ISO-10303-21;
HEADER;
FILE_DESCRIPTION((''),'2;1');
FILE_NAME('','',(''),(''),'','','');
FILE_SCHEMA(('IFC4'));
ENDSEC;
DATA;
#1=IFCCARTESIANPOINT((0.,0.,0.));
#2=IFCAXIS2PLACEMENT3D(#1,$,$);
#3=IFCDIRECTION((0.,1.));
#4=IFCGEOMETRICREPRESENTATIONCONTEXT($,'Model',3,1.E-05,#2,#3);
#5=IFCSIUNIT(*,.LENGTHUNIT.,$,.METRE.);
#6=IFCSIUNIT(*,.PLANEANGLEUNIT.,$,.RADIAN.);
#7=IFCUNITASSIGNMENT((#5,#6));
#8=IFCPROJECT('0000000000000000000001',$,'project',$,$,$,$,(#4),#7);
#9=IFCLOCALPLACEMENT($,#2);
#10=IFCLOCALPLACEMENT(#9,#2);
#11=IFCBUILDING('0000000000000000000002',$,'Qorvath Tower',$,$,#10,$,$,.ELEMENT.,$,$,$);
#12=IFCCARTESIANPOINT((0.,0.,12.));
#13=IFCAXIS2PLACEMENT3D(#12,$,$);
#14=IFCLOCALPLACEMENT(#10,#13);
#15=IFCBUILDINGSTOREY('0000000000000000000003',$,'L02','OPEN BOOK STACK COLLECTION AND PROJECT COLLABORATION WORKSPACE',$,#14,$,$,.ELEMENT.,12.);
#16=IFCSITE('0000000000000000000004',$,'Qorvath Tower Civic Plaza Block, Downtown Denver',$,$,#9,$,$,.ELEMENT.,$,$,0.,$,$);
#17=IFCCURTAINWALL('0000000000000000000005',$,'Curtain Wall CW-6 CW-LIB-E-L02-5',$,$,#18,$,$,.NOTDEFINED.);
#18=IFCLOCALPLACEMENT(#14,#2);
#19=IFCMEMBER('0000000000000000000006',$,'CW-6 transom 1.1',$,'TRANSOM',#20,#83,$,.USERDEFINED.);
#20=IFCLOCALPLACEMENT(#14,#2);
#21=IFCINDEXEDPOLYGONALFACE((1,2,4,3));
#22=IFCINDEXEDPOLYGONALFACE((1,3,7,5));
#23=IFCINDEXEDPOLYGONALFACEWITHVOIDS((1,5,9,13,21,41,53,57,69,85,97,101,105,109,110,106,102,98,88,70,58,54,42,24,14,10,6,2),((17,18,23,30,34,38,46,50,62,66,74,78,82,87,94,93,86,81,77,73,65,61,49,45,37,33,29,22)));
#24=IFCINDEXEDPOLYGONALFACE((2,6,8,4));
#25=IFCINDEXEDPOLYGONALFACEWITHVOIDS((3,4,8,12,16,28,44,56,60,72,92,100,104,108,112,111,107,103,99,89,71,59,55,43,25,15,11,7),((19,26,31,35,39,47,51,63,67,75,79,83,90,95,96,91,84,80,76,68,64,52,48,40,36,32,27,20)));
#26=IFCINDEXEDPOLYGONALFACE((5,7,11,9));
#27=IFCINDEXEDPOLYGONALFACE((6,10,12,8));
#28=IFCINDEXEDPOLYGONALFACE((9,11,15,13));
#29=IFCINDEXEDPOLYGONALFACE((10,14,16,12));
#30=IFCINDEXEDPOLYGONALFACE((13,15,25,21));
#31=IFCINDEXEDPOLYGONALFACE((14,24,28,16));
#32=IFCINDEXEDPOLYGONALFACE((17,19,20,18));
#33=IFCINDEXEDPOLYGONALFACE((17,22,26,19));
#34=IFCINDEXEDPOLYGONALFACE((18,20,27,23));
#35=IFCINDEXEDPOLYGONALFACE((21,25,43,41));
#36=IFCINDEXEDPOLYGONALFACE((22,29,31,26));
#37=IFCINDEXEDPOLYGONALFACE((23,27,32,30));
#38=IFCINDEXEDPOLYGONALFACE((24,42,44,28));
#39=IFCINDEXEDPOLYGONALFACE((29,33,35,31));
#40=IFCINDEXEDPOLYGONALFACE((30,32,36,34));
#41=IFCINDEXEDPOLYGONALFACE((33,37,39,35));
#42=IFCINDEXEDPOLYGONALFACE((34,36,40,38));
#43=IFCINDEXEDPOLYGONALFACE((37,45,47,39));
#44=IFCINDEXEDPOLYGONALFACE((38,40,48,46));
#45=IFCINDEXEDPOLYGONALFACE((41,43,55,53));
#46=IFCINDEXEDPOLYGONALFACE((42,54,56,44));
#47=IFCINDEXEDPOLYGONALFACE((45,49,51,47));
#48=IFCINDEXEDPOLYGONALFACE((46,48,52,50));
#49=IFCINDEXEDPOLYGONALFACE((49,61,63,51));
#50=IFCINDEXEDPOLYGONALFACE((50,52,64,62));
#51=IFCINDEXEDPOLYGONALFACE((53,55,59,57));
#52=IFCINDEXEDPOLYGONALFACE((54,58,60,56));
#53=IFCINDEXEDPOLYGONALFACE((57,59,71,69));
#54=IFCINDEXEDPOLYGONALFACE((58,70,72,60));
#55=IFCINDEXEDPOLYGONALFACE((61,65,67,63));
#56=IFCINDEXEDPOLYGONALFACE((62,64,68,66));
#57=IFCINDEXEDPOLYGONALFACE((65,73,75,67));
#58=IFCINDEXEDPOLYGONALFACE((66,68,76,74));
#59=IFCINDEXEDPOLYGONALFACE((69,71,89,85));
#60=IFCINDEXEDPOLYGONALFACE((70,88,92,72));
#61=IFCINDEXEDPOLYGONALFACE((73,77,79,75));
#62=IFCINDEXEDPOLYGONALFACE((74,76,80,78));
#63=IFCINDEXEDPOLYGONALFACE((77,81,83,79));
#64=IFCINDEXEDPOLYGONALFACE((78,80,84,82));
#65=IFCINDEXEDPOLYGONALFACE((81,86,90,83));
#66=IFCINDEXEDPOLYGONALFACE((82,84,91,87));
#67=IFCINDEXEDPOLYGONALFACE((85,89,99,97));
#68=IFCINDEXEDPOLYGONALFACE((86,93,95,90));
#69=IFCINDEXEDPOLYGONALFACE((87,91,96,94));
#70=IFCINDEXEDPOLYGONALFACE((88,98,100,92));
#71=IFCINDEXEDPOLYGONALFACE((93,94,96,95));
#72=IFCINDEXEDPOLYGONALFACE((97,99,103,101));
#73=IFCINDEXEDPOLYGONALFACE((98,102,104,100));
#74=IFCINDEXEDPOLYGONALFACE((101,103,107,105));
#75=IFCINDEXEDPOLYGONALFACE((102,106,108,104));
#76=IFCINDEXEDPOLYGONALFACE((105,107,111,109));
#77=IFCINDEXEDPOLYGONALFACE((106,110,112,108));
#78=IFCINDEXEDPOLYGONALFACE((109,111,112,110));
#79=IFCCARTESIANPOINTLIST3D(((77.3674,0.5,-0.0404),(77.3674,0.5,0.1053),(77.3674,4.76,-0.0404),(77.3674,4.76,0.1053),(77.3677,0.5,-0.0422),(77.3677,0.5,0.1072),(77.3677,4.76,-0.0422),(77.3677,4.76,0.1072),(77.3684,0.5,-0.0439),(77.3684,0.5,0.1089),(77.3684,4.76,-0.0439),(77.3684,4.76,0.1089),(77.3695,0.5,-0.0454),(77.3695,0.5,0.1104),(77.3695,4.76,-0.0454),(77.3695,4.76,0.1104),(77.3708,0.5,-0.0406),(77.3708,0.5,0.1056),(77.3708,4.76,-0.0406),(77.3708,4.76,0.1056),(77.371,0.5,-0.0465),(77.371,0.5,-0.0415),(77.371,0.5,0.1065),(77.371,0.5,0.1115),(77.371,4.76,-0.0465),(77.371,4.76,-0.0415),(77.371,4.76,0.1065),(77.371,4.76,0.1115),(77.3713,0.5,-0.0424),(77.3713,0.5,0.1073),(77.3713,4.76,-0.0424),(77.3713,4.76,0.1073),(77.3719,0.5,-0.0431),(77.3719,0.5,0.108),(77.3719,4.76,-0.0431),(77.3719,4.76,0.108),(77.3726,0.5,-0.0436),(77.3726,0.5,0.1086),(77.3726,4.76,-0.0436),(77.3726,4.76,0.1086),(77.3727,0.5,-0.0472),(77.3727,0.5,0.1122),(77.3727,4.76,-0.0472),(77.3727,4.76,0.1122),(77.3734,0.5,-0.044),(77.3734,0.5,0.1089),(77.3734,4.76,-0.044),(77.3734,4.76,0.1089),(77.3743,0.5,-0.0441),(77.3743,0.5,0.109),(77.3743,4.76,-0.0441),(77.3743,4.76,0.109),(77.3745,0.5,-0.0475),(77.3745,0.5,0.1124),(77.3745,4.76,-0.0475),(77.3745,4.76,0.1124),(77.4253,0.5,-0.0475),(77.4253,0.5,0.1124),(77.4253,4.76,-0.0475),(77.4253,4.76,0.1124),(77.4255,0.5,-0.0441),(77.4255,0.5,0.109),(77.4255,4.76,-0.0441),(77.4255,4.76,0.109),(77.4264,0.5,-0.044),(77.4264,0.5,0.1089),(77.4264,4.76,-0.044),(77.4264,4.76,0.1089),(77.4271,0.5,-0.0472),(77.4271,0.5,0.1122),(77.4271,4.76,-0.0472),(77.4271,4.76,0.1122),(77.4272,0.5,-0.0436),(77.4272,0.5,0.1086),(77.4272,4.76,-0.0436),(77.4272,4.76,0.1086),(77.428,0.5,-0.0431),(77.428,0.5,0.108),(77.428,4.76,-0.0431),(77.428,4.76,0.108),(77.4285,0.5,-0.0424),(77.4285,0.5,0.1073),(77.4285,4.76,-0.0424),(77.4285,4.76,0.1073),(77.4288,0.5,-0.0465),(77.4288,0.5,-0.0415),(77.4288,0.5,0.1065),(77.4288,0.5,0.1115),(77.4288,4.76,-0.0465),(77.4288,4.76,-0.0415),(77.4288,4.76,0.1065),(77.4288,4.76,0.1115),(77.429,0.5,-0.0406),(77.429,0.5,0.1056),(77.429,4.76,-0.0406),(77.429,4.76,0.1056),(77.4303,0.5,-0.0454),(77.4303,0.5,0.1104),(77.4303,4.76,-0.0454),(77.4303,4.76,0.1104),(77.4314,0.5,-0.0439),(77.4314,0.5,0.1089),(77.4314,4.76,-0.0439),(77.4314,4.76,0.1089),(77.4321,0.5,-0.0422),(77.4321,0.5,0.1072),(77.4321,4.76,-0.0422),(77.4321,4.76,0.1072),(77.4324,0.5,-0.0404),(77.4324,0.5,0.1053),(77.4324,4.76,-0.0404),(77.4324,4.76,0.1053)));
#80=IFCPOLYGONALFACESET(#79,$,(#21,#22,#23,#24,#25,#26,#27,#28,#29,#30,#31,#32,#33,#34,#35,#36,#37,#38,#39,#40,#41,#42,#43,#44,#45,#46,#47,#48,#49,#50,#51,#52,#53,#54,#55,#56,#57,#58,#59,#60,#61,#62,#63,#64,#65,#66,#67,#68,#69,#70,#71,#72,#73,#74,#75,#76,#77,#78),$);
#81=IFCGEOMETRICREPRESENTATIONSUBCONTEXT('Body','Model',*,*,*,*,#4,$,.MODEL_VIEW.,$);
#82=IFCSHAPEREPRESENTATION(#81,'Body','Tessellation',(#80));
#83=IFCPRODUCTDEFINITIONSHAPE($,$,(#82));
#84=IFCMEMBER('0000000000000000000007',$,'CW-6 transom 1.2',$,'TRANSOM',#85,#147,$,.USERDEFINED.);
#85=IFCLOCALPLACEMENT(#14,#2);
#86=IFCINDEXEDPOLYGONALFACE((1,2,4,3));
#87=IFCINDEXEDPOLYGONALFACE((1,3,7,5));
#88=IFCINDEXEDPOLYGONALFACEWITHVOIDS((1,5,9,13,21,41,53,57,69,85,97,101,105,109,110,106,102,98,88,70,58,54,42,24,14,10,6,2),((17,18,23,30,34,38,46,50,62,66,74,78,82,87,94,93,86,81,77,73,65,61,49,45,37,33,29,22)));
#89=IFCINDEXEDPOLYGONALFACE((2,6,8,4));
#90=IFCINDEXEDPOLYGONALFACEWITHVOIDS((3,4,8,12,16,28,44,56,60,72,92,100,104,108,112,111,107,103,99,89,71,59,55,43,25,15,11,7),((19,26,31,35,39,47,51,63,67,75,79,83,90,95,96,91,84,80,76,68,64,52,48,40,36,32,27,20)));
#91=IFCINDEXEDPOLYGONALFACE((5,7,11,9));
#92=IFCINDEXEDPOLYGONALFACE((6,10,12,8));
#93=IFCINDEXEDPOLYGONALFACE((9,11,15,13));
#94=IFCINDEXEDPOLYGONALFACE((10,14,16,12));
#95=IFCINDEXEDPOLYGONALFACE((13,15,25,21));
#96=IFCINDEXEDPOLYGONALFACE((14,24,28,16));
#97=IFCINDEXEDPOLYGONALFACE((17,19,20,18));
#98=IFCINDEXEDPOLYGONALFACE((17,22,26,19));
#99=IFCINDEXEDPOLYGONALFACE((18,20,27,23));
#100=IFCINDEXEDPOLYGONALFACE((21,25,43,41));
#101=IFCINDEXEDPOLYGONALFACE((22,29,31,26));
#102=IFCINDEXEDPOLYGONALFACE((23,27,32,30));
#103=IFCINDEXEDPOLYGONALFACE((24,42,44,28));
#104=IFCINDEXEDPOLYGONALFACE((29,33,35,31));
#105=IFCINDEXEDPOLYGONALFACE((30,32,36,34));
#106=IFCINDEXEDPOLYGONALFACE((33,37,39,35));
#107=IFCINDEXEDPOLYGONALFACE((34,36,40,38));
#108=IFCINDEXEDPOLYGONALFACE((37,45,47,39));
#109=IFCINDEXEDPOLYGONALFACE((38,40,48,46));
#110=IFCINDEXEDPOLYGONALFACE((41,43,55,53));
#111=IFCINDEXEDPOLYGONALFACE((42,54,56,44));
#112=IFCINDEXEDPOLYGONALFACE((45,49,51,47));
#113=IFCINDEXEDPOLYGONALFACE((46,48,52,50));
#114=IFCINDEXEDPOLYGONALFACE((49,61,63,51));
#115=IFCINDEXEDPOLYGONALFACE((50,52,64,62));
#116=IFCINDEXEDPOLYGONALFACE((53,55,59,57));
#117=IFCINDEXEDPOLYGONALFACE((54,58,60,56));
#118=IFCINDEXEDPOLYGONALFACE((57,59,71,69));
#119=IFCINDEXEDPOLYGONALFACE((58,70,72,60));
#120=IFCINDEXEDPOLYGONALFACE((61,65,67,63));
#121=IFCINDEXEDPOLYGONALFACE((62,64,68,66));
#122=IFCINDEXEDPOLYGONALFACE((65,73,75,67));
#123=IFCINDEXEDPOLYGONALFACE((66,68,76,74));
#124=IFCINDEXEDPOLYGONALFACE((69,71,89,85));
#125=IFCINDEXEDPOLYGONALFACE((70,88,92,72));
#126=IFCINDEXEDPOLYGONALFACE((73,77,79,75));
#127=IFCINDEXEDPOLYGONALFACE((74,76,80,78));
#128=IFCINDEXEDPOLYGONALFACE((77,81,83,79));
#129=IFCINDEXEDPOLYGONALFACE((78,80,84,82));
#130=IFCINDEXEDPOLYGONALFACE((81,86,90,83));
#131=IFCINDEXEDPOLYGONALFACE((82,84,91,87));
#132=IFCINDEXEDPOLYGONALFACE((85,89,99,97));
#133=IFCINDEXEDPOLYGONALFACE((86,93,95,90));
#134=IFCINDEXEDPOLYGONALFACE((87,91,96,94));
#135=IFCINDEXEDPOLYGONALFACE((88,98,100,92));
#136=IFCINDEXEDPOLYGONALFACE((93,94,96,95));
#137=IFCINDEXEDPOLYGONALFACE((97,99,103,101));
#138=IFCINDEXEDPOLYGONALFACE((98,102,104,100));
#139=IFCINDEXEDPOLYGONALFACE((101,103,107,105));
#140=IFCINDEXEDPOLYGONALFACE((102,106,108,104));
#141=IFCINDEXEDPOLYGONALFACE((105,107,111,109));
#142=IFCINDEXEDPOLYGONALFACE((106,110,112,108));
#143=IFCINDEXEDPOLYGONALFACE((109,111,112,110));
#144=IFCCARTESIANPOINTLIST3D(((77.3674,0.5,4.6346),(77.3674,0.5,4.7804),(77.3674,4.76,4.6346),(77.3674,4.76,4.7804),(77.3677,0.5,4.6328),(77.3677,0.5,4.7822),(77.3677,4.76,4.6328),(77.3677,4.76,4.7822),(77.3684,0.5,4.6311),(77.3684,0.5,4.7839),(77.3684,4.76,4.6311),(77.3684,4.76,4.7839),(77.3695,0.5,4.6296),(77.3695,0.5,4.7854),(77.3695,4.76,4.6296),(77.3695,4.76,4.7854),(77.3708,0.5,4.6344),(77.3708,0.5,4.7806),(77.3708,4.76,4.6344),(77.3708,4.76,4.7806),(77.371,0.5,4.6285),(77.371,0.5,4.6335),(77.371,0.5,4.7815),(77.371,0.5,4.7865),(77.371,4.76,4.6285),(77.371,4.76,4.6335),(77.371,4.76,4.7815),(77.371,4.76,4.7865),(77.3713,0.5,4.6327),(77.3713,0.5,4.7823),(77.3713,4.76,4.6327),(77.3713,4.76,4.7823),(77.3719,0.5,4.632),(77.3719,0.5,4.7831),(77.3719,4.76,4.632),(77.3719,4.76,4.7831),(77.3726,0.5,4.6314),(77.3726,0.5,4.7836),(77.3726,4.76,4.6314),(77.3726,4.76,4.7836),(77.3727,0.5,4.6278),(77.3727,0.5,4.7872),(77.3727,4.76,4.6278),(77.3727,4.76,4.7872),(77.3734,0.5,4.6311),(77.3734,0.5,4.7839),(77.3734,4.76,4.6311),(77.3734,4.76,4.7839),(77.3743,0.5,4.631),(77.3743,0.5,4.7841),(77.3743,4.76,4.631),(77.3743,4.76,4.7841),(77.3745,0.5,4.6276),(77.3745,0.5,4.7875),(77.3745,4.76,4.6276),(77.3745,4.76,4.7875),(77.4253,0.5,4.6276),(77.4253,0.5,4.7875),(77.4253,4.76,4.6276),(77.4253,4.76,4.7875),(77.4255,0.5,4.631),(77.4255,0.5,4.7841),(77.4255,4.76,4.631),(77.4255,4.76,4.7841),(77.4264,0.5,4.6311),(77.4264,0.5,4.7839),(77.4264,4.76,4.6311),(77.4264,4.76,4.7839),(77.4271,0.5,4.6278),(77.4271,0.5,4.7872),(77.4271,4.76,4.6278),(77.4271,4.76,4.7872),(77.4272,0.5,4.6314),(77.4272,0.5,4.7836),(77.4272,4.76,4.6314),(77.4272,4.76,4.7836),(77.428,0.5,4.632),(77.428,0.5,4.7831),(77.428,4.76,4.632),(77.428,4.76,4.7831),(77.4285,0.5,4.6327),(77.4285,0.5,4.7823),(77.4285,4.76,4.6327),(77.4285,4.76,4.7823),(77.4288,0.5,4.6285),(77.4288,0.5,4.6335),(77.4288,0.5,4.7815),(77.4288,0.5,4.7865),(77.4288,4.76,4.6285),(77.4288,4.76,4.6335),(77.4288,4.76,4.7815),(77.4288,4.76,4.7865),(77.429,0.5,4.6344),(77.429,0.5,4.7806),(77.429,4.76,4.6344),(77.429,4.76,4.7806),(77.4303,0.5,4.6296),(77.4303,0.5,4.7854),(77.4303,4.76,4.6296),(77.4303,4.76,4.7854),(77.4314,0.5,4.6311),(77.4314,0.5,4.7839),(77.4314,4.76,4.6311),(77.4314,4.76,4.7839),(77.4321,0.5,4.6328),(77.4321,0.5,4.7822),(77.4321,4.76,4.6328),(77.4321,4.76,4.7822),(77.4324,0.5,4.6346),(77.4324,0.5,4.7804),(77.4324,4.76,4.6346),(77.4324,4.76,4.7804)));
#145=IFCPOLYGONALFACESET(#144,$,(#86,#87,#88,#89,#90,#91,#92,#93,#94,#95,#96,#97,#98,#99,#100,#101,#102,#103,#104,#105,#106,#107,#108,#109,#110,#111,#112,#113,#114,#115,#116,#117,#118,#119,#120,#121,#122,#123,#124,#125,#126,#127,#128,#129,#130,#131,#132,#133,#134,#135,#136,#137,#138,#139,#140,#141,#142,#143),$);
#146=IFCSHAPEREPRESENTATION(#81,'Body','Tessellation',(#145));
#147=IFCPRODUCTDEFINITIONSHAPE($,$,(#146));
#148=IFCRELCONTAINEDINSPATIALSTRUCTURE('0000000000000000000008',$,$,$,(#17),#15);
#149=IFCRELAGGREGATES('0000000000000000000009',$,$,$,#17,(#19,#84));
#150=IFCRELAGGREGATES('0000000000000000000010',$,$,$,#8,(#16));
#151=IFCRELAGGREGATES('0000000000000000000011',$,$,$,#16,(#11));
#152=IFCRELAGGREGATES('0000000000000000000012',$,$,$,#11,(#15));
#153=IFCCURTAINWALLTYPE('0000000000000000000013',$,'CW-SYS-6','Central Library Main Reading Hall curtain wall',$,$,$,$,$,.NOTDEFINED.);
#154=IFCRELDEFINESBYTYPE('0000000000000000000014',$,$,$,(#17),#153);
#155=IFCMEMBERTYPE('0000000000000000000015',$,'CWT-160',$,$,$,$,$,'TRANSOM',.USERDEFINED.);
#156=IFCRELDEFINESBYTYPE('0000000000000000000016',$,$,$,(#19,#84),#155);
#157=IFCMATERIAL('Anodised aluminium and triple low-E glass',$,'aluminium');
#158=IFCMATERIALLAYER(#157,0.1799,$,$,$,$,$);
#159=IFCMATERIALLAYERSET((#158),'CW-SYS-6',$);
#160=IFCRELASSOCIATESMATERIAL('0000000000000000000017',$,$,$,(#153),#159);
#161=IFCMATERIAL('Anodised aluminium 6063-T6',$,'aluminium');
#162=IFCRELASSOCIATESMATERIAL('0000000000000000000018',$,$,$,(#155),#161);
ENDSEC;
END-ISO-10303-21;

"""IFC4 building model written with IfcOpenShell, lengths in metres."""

from ifc_helpers import new_model, si_unit, direction, frame, origin, origin_2d, place, context, subcontext, project, spatial, hollow_rectangle, extrude, material, layer, layer_set, material_profile, profile_set, type_object, element, aggregate, save


model = new_model("IFC4")

# Units and contexts
model_context = context("Model", 3, precision=1e-05, world=origin(), true_north=direction((0.0, 1.0)))
body_context = subcontext(model_context, "Body", "Model", "MODEL_VIEW")
ifc_project = project(units=[si_unit("LENGTHUNIT", "METRE"), si_unit("PLANEANGLEUNIT", "RADIAN")], contexts=[model_context])

# Site, building, storey
site_placement = place(None, origin())
site = spatial("IfcSite", under=ifc_project, at=site_placement, Name="Qorvath Tower Civic Plaza Block, Downtown Denver", CompositionType="ELEMENT", RefElevation=0.0)
building_placement = place(site_placement, origin())
building = spatial("IfcBuilding", under=site, at=building_placement, Name="Qorvath Tower", CompositionType="ELEMENT")
storey_placement = place(building_placement, frame((0.0, 0.0, 12.0)))
storey = spatial("IfcBuildingStorey", under=building, at=storey_placement, Name="L02", Description="OPEN BOOK STACK COLLECTION AND PROJECT COLLABORATION WORKSPACE", CompositionType="ELEMENT", Elevation=12.0)

# Curtain wall
ifc_material_1 = material(Name="Anodised aluminium and triple low-E glass", Category="aluminium")
ifc_layer_1 = layer(ifc_material_1, 0.1799)
ifc_layer_set_1 = layer_set([ifc_layer_1], Name="CW-SYS-6")
curtain_wall_type = type_object("IfcCurtainWallType", Name="CW-SYS-6", Description="Central Library Main Reading Hall curtain wall", PredefinedType="NOTDEFINED", material=ifc_layer_set_1)
curtain_wall_1_placement = place(storey_placement, origin())
curtain_wall_1 = element("IfcCurtainWall", 1, at=curtain_wall_1_placement, inside=storey, type_object=curtain_wall_type, Name="Curtain Wall CW-6 CW-LIB-E-L02-5", PredefinedType="NOTDEFINED")

# Members
ifc_material_2 = material(Name="Anodised aluminium 6063-T6", Category="aluminium")
ifc_material_profile_1 = material_profile(ifc_material_2, hollow_rectangle(XDim=0.0649, YDim=0.1599, WallThickness=0.0034, InnerFilletRadius=0.0034, OuterFilletRadius=0.0071, at=origin_2d()), Name="CWT 160x65")
ifc_profile_set_1 = profile_set([ifc_material_profile_1], Name="Anodised aluminium 6063-T6")
member_type_1 = type_object("IfcMemberType", Name="CWT-160", ElementType="TRANSOM", PredefinedType="USERDEFINED", material=ifc_profile_set_1)
member_1_placement = place(storey_placement, frame((77.3999, 0.5, 0.0325), z_axis=(0.0, 1.0, 0.0), x_axis=(-1.0, 0.0, 0.0)))
member_1 = element("IfcMember", 2, at=member_1_placement, type_object=member_type_1, Name="CW-6 transom 1.1", ObjectType="TRANSOM", PredefinedType="USERDEFINED", context=body_context, shape_type="SweptSolid", body=[
    extrude(hollow_rectangle(XDim=0.0649, YDim=0.1599, WallThickness=0.0034, InnerFilletRadius=0.0034, OuterFilletRadius=0.0071, at=origin_2d()), origin(), (0.0, 0.0, 1.0), 4.26),
])
member_2_placement = place(storey_placement, frame((77.3999, 0.5, 4.7075), z_axis=(0.0, 1.0, 0.0), x_axis=(-1.0, 0.0, 0.0)))
member_2 = element("IfcMember", 3, at=member_2_placement, type_object=member_type_1, Name="CW-6 transom 1.2", ObjectType="TRANSOM", PredefinedType="USERDEFINED", context=body_context, shape_type="SweptSolid", body=[
    extrude(hollow_rectangle(XDim=0.0649, YDim=0.1599, WallThickness=0.0034, InnerFilletRadius=0.0034, OuterFilletRadius=0.0071, at=origin_2d()), origin(), (0.0, 0.0, 1.0), 4.26),
])

aggregate(curtain_wall_1, [member_1, member_2])

save(model, "model.ifc")
